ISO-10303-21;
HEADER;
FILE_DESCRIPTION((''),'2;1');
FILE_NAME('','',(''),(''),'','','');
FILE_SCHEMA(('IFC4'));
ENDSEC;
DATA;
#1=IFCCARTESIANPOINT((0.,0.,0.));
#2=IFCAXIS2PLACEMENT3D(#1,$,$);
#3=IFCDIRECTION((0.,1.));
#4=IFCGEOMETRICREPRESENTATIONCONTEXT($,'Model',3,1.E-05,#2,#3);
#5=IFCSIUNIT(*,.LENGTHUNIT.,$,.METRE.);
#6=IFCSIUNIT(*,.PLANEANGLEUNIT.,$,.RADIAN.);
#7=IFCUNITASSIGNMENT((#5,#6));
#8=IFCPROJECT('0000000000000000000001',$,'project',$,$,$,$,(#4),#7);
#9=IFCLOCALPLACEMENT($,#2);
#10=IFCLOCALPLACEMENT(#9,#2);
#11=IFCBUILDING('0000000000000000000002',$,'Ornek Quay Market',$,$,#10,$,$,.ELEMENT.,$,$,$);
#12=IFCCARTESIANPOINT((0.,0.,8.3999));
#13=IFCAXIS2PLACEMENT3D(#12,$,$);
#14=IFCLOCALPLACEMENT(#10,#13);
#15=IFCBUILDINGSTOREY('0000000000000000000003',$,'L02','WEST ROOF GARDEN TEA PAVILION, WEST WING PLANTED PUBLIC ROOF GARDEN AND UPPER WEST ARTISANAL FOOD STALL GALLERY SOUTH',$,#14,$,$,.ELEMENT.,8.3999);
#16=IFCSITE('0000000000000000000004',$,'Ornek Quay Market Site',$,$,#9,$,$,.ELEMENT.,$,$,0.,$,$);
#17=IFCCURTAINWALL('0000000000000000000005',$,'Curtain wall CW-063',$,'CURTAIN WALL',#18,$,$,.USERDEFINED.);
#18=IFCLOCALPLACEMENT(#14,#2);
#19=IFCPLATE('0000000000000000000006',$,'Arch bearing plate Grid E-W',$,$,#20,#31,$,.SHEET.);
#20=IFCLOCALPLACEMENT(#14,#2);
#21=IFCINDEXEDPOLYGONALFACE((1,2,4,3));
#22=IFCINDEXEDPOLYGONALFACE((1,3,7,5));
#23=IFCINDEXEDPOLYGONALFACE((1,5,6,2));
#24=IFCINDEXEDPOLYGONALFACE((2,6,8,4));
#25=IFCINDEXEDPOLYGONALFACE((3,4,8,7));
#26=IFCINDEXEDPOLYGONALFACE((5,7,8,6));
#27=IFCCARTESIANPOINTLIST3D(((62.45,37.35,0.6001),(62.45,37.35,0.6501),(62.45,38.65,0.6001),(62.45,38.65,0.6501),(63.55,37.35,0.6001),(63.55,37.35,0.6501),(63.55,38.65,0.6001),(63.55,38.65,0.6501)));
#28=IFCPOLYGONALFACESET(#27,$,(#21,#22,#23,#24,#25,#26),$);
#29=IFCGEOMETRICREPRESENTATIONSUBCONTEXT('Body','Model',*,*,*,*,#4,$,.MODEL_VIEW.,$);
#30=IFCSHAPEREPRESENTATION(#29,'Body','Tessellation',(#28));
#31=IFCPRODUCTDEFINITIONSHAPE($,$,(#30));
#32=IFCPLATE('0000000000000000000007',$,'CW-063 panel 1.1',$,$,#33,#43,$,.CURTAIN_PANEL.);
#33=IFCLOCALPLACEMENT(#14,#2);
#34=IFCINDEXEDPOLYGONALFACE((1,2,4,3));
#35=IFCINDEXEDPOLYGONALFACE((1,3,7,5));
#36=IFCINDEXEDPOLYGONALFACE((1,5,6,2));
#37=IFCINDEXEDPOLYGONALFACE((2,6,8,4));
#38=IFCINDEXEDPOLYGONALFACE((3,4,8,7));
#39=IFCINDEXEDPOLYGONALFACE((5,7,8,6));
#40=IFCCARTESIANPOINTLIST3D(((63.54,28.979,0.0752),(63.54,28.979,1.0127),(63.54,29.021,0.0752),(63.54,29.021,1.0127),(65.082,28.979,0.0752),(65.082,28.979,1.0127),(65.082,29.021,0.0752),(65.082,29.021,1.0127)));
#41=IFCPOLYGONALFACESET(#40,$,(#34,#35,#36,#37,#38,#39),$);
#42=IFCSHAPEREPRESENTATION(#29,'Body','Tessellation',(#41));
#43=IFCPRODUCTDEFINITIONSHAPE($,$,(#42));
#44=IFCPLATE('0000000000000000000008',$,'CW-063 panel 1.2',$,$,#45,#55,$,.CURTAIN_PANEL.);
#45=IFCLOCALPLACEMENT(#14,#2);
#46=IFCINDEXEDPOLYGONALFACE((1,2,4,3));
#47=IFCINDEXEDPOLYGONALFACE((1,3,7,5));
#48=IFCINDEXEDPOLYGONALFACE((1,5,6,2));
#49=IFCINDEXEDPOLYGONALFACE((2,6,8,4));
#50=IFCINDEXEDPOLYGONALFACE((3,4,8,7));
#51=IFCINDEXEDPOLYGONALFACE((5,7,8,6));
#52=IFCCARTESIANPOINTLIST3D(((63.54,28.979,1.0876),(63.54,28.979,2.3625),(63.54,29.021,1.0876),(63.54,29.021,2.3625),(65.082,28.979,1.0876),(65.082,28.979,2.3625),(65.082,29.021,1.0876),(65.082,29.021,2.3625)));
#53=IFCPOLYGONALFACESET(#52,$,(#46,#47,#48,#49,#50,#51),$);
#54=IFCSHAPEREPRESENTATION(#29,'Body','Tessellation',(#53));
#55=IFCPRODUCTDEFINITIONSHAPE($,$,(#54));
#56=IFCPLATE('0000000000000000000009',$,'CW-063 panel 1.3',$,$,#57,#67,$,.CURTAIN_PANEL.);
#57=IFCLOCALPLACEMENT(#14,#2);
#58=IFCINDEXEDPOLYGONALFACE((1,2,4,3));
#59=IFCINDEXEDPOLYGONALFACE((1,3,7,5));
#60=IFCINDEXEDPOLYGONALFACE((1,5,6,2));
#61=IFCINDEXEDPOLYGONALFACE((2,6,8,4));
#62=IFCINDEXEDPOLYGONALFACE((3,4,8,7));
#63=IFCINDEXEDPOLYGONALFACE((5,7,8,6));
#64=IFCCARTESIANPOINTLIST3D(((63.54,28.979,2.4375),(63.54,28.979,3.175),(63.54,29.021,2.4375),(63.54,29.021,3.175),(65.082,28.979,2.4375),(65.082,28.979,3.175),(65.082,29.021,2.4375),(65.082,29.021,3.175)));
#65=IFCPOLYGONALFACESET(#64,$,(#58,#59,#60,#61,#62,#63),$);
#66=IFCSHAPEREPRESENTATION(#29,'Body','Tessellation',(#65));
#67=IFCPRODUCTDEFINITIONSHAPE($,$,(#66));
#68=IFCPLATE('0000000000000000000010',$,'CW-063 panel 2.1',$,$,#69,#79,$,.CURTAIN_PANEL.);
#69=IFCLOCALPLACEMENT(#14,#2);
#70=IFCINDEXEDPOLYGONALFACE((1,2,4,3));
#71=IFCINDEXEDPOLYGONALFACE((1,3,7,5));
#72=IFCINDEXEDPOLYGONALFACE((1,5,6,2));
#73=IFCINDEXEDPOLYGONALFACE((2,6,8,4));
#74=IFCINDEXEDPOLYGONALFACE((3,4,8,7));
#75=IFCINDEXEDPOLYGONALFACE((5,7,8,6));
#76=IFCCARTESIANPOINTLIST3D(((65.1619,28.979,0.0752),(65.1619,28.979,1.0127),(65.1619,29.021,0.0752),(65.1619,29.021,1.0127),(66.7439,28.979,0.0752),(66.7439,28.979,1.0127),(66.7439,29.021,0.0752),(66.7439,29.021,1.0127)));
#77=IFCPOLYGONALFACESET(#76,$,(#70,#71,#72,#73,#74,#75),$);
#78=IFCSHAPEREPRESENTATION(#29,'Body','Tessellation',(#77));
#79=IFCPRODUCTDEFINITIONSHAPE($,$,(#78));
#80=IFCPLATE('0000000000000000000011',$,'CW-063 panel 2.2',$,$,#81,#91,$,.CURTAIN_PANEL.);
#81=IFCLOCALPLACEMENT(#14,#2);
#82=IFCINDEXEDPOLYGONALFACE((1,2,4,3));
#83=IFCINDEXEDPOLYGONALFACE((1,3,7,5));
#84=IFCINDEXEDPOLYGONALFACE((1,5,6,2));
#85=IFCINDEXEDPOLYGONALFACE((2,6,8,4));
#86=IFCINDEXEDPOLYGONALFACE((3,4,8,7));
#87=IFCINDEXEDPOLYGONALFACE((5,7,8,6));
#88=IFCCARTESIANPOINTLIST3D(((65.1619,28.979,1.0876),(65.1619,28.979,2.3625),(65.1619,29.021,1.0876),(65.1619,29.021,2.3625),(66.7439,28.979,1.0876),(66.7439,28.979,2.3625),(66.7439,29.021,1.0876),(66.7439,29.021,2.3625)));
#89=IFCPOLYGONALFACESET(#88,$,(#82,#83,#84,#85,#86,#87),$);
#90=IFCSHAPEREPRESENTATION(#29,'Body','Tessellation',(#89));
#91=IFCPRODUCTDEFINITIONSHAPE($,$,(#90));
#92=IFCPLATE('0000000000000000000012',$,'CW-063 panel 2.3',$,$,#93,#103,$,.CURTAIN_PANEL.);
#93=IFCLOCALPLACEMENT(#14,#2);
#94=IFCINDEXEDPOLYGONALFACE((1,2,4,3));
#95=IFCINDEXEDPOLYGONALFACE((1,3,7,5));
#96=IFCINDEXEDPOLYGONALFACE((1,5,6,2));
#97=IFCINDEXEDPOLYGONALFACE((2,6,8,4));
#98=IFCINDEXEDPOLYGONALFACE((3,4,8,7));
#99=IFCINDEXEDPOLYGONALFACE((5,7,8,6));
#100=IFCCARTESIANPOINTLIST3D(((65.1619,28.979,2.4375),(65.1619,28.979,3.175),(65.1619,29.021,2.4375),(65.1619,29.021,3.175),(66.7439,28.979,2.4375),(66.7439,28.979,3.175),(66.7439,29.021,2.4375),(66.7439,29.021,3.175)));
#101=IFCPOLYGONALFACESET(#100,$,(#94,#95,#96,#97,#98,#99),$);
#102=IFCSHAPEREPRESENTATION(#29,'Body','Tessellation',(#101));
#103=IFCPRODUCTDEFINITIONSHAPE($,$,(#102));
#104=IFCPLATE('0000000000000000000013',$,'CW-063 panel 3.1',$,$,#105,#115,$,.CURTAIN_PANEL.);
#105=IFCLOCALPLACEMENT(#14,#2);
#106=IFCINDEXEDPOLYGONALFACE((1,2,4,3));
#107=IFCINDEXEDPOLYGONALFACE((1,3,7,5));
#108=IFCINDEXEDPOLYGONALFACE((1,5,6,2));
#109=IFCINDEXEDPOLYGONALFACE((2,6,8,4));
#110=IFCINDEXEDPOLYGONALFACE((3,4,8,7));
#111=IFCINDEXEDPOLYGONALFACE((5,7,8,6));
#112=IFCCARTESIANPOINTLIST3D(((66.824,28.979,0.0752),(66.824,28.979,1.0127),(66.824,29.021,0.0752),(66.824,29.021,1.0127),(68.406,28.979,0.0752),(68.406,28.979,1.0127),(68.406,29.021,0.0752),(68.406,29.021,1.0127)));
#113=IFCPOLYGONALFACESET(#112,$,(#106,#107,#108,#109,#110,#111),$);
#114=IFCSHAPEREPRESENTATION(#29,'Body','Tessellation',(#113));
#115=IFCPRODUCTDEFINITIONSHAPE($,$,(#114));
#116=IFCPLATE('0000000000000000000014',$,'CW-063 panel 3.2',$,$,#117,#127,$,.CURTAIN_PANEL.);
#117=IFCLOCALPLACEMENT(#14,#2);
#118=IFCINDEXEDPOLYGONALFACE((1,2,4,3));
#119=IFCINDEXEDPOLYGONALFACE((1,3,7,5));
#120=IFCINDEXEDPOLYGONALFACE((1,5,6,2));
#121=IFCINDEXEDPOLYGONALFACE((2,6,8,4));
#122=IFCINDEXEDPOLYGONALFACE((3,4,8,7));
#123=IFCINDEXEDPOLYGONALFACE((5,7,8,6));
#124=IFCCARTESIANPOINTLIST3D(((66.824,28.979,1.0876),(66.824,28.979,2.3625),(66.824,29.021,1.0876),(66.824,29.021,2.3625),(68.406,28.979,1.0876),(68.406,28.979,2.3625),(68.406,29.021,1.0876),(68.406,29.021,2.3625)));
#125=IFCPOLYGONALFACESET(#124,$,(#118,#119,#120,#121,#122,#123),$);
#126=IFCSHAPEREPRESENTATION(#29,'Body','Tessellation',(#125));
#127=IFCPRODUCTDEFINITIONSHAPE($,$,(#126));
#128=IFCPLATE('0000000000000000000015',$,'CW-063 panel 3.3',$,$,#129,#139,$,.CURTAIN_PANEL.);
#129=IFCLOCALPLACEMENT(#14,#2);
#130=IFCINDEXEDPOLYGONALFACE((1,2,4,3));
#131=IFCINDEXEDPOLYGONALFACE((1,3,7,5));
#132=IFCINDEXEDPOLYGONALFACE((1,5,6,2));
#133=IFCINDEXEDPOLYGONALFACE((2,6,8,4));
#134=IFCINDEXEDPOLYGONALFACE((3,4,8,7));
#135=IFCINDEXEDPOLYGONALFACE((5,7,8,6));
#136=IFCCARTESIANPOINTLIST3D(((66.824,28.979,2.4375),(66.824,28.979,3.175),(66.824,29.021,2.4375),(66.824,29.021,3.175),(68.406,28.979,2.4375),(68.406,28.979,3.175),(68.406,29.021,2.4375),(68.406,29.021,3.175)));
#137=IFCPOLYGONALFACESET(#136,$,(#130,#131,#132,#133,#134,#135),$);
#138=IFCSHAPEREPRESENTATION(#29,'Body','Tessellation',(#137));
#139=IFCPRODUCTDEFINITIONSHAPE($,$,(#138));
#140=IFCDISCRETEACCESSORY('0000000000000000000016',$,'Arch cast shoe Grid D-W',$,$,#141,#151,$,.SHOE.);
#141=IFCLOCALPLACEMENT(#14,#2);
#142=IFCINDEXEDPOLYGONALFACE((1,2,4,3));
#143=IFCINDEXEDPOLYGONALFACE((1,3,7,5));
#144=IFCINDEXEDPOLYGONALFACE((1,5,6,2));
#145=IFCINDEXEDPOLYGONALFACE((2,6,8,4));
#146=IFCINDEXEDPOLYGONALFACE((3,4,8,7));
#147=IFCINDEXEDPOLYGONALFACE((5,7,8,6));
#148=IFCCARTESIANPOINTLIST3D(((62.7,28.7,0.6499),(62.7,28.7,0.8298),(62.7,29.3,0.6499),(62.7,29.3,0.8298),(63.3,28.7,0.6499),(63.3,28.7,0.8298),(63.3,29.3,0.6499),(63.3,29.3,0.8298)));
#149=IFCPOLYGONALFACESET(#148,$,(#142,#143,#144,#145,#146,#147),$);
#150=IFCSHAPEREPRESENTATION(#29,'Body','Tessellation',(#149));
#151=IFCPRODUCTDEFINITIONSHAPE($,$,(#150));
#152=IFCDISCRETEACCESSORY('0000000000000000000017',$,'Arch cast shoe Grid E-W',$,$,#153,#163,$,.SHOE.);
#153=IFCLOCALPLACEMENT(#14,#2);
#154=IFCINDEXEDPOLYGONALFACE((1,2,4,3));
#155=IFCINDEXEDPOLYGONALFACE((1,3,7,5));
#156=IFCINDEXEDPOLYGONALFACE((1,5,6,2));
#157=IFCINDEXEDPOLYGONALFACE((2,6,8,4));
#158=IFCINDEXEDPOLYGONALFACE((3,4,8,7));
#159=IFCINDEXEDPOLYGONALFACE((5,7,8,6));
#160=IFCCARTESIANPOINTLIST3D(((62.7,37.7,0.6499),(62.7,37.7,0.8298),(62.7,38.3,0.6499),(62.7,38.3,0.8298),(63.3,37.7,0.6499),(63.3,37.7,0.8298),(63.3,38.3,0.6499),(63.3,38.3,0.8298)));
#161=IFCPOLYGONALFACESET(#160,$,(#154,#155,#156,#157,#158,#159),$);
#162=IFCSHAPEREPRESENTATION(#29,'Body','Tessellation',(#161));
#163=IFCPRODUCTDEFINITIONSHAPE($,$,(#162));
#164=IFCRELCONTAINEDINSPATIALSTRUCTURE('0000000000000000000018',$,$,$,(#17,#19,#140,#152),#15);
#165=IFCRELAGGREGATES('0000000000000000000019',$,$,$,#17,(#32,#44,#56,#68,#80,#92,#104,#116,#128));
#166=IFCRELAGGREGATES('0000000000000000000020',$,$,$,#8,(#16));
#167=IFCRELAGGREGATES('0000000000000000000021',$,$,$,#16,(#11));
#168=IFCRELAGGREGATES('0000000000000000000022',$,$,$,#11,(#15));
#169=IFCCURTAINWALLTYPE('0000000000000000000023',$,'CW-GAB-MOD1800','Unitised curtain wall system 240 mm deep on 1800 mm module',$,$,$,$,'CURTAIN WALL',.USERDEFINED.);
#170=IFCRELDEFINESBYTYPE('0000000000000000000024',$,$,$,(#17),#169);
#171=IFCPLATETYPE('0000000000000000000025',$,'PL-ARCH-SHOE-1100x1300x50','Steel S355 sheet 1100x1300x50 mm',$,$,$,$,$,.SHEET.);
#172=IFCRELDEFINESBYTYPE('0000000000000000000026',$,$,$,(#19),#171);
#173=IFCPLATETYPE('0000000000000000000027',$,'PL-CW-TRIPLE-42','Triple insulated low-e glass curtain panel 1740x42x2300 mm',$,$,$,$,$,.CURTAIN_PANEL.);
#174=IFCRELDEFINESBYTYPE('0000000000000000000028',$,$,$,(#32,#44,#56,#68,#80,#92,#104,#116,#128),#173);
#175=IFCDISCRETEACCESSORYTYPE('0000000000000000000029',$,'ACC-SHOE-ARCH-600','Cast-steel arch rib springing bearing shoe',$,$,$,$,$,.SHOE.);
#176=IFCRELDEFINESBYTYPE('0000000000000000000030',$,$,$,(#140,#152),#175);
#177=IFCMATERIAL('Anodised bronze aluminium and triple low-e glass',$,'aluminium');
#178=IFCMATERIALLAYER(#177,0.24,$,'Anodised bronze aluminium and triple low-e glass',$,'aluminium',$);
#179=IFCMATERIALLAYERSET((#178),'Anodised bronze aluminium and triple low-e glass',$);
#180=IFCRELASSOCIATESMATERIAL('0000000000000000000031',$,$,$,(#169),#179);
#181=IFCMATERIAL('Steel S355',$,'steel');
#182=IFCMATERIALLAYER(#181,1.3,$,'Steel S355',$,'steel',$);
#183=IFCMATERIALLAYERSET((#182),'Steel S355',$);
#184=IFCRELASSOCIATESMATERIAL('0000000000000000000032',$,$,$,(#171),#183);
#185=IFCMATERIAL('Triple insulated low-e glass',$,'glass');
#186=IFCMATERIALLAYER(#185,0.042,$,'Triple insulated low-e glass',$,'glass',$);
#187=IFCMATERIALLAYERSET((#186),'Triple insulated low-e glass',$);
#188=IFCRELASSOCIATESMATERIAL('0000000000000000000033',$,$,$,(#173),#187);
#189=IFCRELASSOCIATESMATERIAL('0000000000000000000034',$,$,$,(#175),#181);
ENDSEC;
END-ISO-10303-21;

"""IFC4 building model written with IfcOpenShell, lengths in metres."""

from ifc_helpers import new_model, si_unit, direction, frame, origin, origin_2d, place, context, subcontext, project, spatial, rectangle, extrude, material, layer, layer_set, type_object, element, aggregate, save


model = new_model("IFC4")

# Units and contexts
model_context = context("Model", 3, precision=1e-05, world=origin(), true_north=direction((0.0, 1.0)))
body_context = subcontext(model_context, "Body", "Model", "MODEL_VIEW")
ifc_project = project(units=[si_unit("LENGTHUNIT", "METRE"), si_unit("PLANEANGLEUNIT", "RADIAN")], contexts=[model_context])

# Site, building, storey
site_placement = place(None, origin())
site = spatial("IfcSite", under=ifc_project, at=site_placement, Name="Ornek Quay Market Site", CompositionType="ELEMENT", RefElevation=0.0)
building_placement = place(site_placement, origin())
building = spatial("IfcBuilding", under=site, at=building_placement, Name="Ornek Quay Market", CompositionType="ELEMENT")
storey_placement = place(building_placement, frame((0.0, 0.0, 8.3999)))
storey = spatial("IfcBuildingStorey", under=building, at=storey_placement, Name="L02", Description="WEST ROOF GARDEN TEA PAVILION, WEST WING PLANTED PUBLIC ROOF GARDEN AND UPPER WEST ARTISANAL FOOD STALL GALLERY SOUTH", CompositionType="ELEMENT", Elevation=8.3999)

# Curtain wall
ifc_material_1 = material(Name="Anodised bronze aluminium and triple low-e glass", Category="aluminium")
ifc_layer_1 = layer(ifc_material_1, 0.24, Name="Anodised bronze aluminium and triple low-e glass", Category="aluminium")
ifc_layer_set_1 = layer_set([ifc_layer_1], Name="Anodised bronze aluminium and triple low-e glass")
curtain_wall_type = type_object("IfcCurtainWallType", Name="CW-GAB-MOD1800", Description="Unitised curtain wall system 240 mm deep on 1800 mm module", ElementType="CURTAIN WALL", PredefinedType="USERDEFINED", material=ifc_layer_set_1)
curtain_wall_placement = place(storey_placement, origin())
curtain_wall = element("IfcCurtainWall", 1, at=curtain_wall_placement, inside=storey, type_object=curtain_wall_type, Name="Curtain wall CW-063", ObjectType="CURTAIN WALL", PredefinedType="USERDEFINED")

# Plate
ifc_material_2 = material(Name="Steel S355", Category="steel")
ifc_layer_2 = layer(ifc_material_2, 1.3, Name="Steel S355", Category="steel")
ifc_layer_set_2 = layer_set([ifc_layer_2], Name="Steel S355")
plate_type_1 = type_object("IfcPlateType", Name="PL-ARCH-SHOE-1100x1300x50", Description="Steel S355 sheet 1100x1300x50 mm", PredefinedType="SHEET", material=ifc_layer_set_2)
for number, where, z_axis, x_axis, name in (
    (2, (63.0, 38.0, 0.6001), (0.0, 0.0, 1.0), (1.0, 0.0, 0.0), "Arch bearing plate Grid E-W"),
):
    element("IfcPlate", number, at=place(storey_placement, frame(where, z_axis=z_axis, x_axis=x_axis)), inside=storey, type_object=plate_type_1, Name=name, PredefinedType="SHEET", context=body_context, shape_type="SweptSolid", body=[
        extrude(rectangle(XDim=1.1001, YDim=1.3, at=origin_2d()), origin(), (0.0, 0.0, 1.0), 0.05),
    ])

# Plates
ifc_material_3 = material(Name="Triple insulated low-e glass", Category="glass")
ifc_layer_3 = layer(ifc_material_3, 0.042, Name="Triple insulated low-e glass", Category="glass")
ifc_layer_set_3 = layer_set([ifc_layer_3], Name="Triple insulated low-e glass")
plate_type_2 = type_object("IfcPlateType", Name="PL-CW-TRIPLE-42", Description="Triple insulated low-e glass curtain panel 1740x42x2300 mm", PredefinedType="CURTAIN_PANEL", material=ifc_layer_set_3)
plate_1_placement = place(storey_placement, frame((64.311, 29.0, 0.0752), z_axis=(0.0, 0.0, 1.0), x_axis=(1.0, 0.0, 0.0)))
plate_1 = element("IfcPlate", 3, at=plate_1_placement, type_object=plate_type_2, Name="CW-063 panel 1.1", PredefinedType="CURTAIN_PANEL", context=body_context, shape_type="SweptSolid", body=[
    extrude(rectangle(XDim=1.542, YDim=0.042, at=origin_2d()), origin(), (0.0, 0.0, 1.0), 0.9375),
])
plate_2_placement = place(storey_placement, frame((64.311, 29.0, 1.0876), z_axis=(0.0, 0.0, 1.0), x_axis=(1.0, 0.0, 0.0)))
plate_2 = element("IfcPlate", 4, at=plate_2_placement, type_object=plate_type_2, Name="CW-063 panel 1.2", PredefinedType="CURTAIN_PANEL", context=body_context, shape_type="SweptSolid", body=[
    extrude(rectangle(XDim=1.542, YDim=0.042, at=origin_2d()), origin(), (0.0, 0.0, 1.0), 1.2749),
])
plate_3_placement = place(storey_placement, frame((64.311, 29.0, 2.4375), z_axis=(0.0, 0.0, 1.0), x_axis=(1.0, 0.0, 0.0)))
plate_3 = element("IfcPlate", 5, at=plate_3_placement, type_object=plate_type_2, Name="CW-063 panel 1.3", PredefinedType="CURTAIN_PANEL", context=body_context, shape_type="SweptSolid", body=[
    extrude(rectangle(XDim=1.542, YDim=0.042, at=origin_2d()), origin(), (0.0, 0.0, 1.0), 0.7375),
])
plate_4_placement = place(storey_placement, frame((65.9529, 29.0, 0.0752), z_axis=(0.0, 0.0, 1.0), x_axis=(1.0, 0.0, 0.0)))
plate_4 = element("IfcPlate", 6, at=plate_4_placement, type_object=plate_type_2, Name="CW-063 panel 2.1", PredefinedType="CURTAIN_PANEL", context=body_context, shape_type="SweptSolid", body=[
    extrude(rectangle(XDim=1.582, YDim=0.042, at=origin_2d()), origin(), (0.0, 0.0, 1.0), 0.9375),
])
plate_5_placement = place(storey_placement, frame((65.9529, 29.0, 1.0876), z_axis=(0.0, 0.0, 1.0), x_axis=(1.0, 0.0, 0.0)))
plate_5 = element("IfcPlate", 7, at=plate_5_placement, type_object=plate_type_2, Name="CW-063 panel 2.2", PredefinedType="CURTAIN_PANEL", context=body_context, shape_type="SweptSolid", body=[
    extrude(rectangle(XDim=1.582, YDim=0.042, at=origin_2d()), origin(), (0.0, 0.0, 1.0), 1.2749),
])
plate_6_placement = place(storey_placement, frame((65.9529, 29.0, 2.4375), z_axis=(0.0, 0.0, 1.0), x_axis=(1.0, 0.0, 0.0)))
plate_6 = element("IfcPlate", 8, at=plate_6_placement, type_object=plate_type_2, Name="CW-063 panel 2.3", PredefinedType="CURTAIN_PANEL", context=body_context, shape_type="SweptSolid", body=[
    extrude(rectangle(XDim=1.582, YDim=0.042, at=origin_2d()), origin(), (0.0, 0.0, 1.0), 0.7375),
])
plate_7_placement = place(storey_placement, frame((67.615, 29.0, 0.0752), z_axis=(0.0, 0.0, 1.0), x_axis=(1.0, 0.0, 0.0)))
plate_7 = element("IfcPlate", 9, at=plate_7_placement, type_object=plate_type_2, Name="CW-063 panel 3.1", PredefinedType="CURTAIN_PANEL", context=body_context, shape_type="SweptSolid", body=[
    extrude(rectangle(XDim=1.582, YDim=0.042, at=origin_2d()), origin(), (0.0, 0.0, 1.0), 0.9375),
])
plate_8_placement = place(storey_placement, frame((67.615, 29.0, 1.0876), z_axis=(0.0, 0.0, 1.0), x_axis=(1.0, 0.0, 0.0)))
plate_8 = element("IfcPlate", 10, at=plate_8_placement, type_object=plate_type_2, Name="CW-063 panel 3.2", PredefinedType="CURTAIN_PANEL", context=body_context, shape_type="SweptSolid", body=[
    extrude(rectangle(XDim=1.582, YDim=0.042, at=origin_2d()), origin(), (0.0, 0.0, 1.0), 1.2749),
])
plate_9_placement = place(storey_placement, frame((67.615, 29.0, 2.4375), z_axis=(0.0, 0.0, 1.0), x_axis=(1.0, 0.0, 0.0)))
plate_9 = element("IfcPlate", 11, at=plate_9_placement, type_object=plate_type_2, Name="CW-063 panel 3.3", PredefinedType="CURTAIN_PANEL", context=body_context, shape_type="SweptSolid", body=[
    extrude(rectangle(XDim=1.582, YDim=0.042, at=origin_2d()), origin(), (0.0, 0.0, 1.0), 0.7375),
])
aggregate(curtain_wall, [plate_1, plate_2, plate_3, plate_4, plate_5, plate_6, plate_7, plate_8, plate_9])

# Discrete accessories
discrete_accessory_type = type_object("IfcDiscreteAccessoryType", Name="ACC-SHOE-ARCH-600", Description="Cast-steel arch rib springing bearing shoe", PredefinedType="SHOE", material=ifc_material_2)
for number, where, z_axis, x_axis, name in (
    (12, (63.0, 29.0, 0.6499), (0.0, 0.0, 1.0), (1.0, 0.0, 0.0), "Arch cast shoe Grid D-W"),
    (13, (63.0, 38.0, 0.6499), (0.0, 0.0, 1.0), (1.0, 0.0, 0.0), "Arch cast shoe Grid E-W"),
):
    element("IfcDiscreteAccessory", number, at=place(storey_placement, frame(where, z_axis=z_axis, x_axis=x_axis)), inside=storey, type_object=discrete_accessory_type, Name=name, PredefinedType="SHOE", context=body_context, shape_type="SweptSolid", body=[
        extrude(rectangle(XDim=0.6001, YDim=0.6001, at=origin_2d()), origin(), (0.0, 0.0, 1.0), 0.1799),
    ])

save(model, "model.ifc")
